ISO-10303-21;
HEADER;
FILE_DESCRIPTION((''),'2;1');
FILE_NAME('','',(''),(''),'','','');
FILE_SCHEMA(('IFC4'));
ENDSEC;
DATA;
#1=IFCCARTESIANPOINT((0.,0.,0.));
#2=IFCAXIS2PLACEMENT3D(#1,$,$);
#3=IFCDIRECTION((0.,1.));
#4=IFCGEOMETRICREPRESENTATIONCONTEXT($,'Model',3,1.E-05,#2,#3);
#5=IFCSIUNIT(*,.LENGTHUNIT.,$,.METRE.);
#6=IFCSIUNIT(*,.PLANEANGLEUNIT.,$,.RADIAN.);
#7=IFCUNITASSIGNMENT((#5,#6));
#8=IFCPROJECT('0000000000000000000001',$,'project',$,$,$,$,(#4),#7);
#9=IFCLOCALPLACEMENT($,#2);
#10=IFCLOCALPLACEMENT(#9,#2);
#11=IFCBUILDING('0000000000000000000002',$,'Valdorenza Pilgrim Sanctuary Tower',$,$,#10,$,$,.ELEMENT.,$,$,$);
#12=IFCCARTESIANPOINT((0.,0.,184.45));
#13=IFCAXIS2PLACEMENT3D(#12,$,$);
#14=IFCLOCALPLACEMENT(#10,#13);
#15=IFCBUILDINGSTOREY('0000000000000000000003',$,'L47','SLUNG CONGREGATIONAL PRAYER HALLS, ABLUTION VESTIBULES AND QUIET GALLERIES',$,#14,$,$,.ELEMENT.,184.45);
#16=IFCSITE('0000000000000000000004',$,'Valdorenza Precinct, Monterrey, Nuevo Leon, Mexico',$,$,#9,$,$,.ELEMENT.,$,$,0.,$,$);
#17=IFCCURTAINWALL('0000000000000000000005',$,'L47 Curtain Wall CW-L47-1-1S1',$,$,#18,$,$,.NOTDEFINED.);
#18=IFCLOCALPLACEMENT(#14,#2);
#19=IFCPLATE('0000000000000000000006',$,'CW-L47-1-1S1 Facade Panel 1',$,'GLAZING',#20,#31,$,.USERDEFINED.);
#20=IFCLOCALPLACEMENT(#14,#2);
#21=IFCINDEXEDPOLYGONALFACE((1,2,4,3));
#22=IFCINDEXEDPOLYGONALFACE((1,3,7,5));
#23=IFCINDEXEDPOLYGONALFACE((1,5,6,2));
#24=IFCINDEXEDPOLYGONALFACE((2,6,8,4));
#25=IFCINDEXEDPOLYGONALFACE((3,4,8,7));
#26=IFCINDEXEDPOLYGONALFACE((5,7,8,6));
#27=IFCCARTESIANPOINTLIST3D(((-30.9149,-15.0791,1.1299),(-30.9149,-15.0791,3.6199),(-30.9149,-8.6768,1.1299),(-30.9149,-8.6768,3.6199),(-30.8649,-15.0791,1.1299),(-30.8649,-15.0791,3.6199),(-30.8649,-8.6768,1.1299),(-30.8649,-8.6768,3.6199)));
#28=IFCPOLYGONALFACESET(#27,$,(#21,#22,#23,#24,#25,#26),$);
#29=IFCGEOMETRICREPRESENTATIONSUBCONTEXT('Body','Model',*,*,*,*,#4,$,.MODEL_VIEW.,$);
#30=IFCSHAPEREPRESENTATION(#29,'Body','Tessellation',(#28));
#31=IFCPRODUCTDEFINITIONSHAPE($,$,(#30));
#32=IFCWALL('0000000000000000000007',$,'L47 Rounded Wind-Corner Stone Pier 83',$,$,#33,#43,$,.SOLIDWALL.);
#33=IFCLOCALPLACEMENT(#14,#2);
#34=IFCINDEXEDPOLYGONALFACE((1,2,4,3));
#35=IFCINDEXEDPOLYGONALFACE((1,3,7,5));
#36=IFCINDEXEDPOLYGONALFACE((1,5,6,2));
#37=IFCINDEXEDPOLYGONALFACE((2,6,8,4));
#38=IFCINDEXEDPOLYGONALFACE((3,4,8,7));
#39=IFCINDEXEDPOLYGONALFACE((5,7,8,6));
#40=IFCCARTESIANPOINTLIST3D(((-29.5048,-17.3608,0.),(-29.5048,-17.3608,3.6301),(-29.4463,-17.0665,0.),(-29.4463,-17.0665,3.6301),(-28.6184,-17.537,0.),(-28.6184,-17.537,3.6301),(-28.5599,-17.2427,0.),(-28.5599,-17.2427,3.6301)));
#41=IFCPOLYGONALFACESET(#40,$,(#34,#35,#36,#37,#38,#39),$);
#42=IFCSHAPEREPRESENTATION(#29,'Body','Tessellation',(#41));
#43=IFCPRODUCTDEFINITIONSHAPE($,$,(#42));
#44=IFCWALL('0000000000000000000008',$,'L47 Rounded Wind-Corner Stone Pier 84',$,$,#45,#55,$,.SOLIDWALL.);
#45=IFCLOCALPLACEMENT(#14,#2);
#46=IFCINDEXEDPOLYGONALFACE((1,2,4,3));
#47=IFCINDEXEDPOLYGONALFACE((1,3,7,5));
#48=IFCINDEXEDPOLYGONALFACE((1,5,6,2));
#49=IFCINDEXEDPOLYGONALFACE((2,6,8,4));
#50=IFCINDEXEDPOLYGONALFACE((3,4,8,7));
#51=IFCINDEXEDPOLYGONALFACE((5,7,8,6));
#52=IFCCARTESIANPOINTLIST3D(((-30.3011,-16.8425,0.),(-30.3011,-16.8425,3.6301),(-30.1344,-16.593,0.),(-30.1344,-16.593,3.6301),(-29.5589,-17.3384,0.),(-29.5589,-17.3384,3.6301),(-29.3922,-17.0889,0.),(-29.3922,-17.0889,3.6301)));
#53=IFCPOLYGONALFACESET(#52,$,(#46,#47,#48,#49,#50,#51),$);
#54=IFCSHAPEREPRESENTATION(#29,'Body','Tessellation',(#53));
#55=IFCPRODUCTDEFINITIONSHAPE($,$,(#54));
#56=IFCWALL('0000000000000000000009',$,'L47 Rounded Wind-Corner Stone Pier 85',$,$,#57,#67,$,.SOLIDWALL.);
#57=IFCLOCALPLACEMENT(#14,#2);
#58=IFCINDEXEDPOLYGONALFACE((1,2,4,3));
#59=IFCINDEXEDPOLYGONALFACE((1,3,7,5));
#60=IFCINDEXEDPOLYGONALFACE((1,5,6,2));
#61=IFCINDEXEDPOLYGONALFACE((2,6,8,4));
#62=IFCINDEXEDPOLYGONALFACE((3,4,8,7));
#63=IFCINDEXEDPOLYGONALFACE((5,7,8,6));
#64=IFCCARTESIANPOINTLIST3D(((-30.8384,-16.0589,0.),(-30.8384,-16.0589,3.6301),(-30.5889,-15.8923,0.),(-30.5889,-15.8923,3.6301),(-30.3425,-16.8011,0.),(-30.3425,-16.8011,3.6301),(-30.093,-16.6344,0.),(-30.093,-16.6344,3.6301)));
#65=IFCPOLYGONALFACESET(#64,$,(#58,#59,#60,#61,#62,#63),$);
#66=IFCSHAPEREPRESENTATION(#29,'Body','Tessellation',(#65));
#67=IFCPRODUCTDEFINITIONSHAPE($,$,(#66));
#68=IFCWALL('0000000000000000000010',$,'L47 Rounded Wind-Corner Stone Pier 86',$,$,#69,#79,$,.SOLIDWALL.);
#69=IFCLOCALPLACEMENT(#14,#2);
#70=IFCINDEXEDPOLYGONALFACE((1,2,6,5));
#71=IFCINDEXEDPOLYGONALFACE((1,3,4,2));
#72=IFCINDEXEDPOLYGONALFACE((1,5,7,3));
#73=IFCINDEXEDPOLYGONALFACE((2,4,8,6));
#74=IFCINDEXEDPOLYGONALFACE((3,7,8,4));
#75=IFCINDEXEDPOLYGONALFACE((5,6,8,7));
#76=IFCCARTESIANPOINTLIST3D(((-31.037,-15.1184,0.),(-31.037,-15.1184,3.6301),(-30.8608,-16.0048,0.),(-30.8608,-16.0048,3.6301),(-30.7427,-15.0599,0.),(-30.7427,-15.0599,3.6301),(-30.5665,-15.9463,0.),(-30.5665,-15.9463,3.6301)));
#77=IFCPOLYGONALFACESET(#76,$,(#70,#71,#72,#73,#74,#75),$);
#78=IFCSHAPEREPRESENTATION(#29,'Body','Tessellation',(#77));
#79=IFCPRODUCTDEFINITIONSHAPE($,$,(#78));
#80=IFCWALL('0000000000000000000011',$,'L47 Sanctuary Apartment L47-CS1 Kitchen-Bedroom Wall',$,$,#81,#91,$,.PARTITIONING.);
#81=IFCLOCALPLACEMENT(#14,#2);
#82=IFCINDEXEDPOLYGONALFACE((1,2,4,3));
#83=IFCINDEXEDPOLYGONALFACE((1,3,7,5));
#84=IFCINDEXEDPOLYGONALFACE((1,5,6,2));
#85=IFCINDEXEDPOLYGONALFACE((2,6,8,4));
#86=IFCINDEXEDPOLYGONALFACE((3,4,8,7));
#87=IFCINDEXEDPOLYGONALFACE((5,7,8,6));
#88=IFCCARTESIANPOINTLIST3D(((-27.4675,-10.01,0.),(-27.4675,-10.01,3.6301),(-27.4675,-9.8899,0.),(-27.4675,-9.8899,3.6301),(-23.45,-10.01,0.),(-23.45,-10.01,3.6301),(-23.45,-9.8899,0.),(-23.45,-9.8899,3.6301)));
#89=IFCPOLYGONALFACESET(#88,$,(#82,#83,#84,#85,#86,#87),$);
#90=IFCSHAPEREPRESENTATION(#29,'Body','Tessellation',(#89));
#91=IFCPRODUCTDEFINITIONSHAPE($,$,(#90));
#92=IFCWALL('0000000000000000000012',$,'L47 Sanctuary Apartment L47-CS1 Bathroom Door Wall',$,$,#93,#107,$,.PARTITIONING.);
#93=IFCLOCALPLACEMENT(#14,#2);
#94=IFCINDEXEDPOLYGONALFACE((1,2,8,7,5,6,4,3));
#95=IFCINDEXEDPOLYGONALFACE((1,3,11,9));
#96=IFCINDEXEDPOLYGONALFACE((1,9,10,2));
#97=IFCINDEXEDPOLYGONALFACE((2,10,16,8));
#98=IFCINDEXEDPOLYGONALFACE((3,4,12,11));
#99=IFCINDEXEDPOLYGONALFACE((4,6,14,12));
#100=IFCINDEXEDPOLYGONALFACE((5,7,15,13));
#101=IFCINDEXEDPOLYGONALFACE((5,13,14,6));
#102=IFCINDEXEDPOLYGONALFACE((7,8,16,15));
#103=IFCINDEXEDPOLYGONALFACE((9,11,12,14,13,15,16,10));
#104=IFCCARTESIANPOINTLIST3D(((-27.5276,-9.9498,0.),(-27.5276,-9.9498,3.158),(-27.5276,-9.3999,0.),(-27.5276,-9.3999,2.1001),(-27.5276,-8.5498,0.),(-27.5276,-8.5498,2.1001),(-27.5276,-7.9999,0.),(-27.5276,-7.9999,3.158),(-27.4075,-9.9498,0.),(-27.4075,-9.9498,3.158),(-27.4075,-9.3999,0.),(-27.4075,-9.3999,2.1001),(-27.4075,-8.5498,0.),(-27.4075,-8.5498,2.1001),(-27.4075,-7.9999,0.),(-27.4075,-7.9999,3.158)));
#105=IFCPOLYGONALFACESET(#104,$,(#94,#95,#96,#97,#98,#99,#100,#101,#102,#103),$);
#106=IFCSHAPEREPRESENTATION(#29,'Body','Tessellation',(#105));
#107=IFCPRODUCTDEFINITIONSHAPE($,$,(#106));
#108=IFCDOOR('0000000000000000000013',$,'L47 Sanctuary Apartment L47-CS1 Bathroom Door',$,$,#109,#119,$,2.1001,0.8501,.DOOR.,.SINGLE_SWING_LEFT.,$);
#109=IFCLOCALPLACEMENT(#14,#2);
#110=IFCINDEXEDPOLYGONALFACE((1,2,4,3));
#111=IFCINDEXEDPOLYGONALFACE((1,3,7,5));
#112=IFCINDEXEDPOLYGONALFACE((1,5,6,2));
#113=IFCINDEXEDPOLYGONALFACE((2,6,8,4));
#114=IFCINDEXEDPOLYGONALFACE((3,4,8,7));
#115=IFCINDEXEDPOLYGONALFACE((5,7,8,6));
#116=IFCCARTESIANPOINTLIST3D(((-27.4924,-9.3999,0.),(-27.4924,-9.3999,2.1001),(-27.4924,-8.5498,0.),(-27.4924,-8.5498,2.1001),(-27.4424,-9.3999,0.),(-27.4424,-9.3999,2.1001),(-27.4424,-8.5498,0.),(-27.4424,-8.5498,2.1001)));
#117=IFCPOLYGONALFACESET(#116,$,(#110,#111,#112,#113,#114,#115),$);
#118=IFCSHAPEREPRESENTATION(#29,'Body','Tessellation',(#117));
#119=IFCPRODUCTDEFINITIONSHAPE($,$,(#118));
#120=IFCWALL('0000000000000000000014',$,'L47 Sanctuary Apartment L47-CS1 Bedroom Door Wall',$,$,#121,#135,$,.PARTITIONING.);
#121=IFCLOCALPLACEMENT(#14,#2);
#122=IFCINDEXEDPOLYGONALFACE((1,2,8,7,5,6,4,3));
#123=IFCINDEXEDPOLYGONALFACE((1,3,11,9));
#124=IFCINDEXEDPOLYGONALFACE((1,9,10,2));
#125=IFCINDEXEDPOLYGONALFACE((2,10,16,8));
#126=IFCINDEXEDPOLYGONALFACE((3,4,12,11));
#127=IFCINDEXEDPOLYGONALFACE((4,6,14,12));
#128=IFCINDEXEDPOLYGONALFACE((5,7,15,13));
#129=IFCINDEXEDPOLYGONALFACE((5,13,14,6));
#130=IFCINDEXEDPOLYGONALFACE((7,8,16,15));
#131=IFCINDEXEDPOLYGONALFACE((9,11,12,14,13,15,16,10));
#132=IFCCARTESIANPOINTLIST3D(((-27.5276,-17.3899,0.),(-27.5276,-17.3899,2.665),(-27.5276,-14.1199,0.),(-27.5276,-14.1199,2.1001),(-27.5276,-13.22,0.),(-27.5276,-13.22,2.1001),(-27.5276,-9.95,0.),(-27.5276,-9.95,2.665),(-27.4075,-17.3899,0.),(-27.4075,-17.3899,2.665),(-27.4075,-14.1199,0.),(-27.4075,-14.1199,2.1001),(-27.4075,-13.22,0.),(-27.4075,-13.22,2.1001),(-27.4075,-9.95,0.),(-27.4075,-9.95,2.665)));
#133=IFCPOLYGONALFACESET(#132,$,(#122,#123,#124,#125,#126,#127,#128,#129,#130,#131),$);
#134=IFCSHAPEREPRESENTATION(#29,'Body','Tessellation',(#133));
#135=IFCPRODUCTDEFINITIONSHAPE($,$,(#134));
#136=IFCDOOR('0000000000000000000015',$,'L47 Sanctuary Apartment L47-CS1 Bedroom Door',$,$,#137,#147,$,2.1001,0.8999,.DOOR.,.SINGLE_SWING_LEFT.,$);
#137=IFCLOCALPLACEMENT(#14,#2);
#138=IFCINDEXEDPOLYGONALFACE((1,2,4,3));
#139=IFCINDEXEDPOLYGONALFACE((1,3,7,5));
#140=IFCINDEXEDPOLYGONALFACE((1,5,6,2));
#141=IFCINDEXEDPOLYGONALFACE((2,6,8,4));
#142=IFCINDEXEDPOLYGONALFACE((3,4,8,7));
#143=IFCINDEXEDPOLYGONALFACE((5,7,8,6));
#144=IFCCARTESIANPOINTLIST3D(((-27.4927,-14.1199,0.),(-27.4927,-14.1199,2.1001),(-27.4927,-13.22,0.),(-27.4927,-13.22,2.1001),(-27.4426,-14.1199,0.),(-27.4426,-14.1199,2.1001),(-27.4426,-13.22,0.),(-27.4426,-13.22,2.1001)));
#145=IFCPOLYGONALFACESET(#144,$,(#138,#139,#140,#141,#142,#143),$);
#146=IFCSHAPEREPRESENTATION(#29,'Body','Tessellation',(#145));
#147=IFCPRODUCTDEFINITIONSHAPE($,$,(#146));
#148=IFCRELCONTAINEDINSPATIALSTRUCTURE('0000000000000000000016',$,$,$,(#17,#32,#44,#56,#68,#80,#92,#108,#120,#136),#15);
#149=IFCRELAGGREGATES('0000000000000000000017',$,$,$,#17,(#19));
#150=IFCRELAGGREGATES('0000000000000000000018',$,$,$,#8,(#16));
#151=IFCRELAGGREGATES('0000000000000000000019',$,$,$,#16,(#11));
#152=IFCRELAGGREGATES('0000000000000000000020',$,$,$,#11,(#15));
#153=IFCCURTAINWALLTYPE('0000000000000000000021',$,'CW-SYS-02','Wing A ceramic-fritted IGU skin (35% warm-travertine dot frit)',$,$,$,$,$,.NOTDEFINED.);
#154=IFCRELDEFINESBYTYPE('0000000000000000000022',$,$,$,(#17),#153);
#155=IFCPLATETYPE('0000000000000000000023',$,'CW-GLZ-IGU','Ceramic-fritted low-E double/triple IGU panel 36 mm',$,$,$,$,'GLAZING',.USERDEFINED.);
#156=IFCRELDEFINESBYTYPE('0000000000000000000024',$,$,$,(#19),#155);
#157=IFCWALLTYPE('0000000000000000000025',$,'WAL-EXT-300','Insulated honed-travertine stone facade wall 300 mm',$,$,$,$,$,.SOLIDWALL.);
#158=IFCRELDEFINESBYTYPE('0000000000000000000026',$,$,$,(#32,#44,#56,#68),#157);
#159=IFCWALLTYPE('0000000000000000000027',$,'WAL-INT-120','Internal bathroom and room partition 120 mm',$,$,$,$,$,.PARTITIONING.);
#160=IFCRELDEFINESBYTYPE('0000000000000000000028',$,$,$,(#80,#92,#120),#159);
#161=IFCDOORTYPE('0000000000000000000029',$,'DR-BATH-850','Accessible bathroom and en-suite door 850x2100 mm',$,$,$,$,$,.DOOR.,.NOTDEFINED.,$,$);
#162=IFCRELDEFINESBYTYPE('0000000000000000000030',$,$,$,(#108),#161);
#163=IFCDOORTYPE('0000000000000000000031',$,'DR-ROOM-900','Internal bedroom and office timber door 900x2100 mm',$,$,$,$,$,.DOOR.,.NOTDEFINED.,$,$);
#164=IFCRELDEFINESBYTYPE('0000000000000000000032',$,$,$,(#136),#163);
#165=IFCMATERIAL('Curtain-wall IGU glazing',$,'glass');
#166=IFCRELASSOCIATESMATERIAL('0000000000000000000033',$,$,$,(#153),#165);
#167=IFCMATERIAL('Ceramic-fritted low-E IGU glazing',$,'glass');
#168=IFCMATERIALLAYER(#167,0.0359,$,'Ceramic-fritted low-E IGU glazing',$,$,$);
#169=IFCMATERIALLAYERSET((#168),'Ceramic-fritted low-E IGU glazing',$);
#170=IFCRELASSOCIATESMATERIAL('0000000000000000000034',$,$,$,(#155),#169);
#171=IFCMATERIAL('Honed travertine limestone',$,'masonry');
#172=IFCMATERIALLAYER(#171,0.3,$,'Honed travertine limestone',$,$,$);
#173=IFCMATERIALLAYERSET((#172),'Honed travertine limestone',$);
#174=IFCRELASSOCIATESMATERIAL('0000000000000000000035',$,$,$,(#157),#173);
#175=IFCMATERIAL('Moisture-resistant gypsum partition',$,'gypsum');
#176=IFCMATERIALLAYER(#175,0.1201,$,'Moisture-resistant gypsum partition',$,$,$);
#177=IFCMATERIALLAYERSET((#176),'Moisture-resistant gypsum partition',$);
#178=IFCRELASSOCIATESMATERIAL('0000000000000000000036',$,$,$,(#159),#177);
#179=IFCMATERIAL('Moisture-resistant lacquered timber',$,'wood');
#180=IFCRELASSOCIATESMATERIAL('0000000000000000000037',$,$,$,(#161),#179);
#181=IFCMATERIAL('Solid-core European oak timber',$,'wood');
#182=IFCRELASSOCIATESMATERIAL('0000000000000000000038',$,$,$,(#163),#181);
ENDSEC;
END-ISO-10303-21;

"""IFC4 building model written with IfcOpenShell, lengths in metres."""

from ifc_helpers import new_model, si_unit, direction, frame, frame_2d, origin, origin_2d, place, context, subcontext, project, spatial, rectangle, extrude, source, transform, mapped, material, layer, layer_set, type_object, element, fill, aggregate, save


model = new_model("IFC4")

# Units and contexts
model_context = context("Model", 3, precision=1e-05, world=origin(), true_north=direction((0.0, 1.0)))
body_context = subcontext(model_context, "Body", "Model", "MODEL_VIEW")
ifc_project = project(units=[si_unit("LENGTHUNIT", "METRE"), si_unit("PLANEANGLEUNIT", "RADIAN")], contexts=[model_context])

# Site, building, storey
site_placement = place(None, origin())
site = spatial("IfcSite", under=ifc_project, at=site_placement, Name="Valdorenza Precinct, Monterrey, Nuevo Leon, Mexico", CompositionType="ELEMENT", RefElevation=0.0)
building_placement = place(site_placement, origin())
building = spatial("IfcBuilding", under=site, at=building_placement, Name="Valdorenza Pilgrim Sanctuary Tower", CompositionType="ELEMENT")
storey_placement = place(building_placement, frame((0.0, 0.0, 184.45)))
storey = spatial("IfcBuildingStorey", under=building, at=storey_placement, Name="L47", Description="SLUNG CONGREGATIONAL PRAYER HALLS, ABLUTION VESTIBULES AND QUIET GALLERIES", CompositionType="ELEMENT", Elevation=184.45)

# Curtain wall
ifc_material_1 = material(Name="Curtain-wall IGU glazing", Category="glass")
curtain_wall_type = type_object("IfcCurtainWallType", Name="CW-SYS-02", Description="Wing A ceramic-fritted IGU skin (35% warm-travertine dot frit)", PredefinedType="NOTDEFINED", material=ifc_material_1)
curtain_wall_1_placement = place(storey_placement, origin())
curtain_wall_1 = element("IfcCurtainWall", 1, at=curtain_wall_1_placement, inside=storey, type_object=curtain_wall_type, Name="L47 Curtain Wall CW-L47-1-1S1", PredefinedType="NOTDEFINED")

# Plate
ifc_material_2 = material(Name="Honed travertine limestone", Category="masonry")
ifc_material_3 = material(Name="Ceramic-fritted low-E IGU glazing", Category="glass")
ifc_layer_1 = layer(ifc_material_3, 0.0359, Name="Ceramic-fritted low-E IGU glazing")
ifc_layer_set_1 = layer_set([ifc_layer_1], Name="Ceramic-fritted low-E IGU glazing")
plate_type_1 = type_object("IfcPlateType", Name="CW-GLZ-IGU", Description="Ceramic-fritted low-E double/triple IGU panel 36 mm", ElementType="GLAZING", PredefinedType="USERDEFINED", material=ifc_layer_set_1)
shared_shape_1 = source(origin(), body_context, "Body", "SweptSolid", [
    extrude(rectangle(XDim=6.4023, YDim=0.05, at=origin_2d()), origin(), (0.0, 0.0, 1.0), 2.49),
])
plate_1_placement = place(storey_placement, frame((-30.8899, -11.8779, 1.1299), z_axis=(0.0, 0.0, 1.0), x_axis=(0.0, 1.0, 0.0)))
plate_1 = element("IfcPlate", 2, at=plate_1_placement, type_object=plate_type_1, Name="CW-L47-1-1S1 Facade Panel 1", ObjectType="GLAZING", PredefinedType="USERDEFINED", context=body_context, shape_type="MappedRepresentation", body=[
    mapped(shared_shape_1, transform((0.0, 0.0, 0.0), x_axis=(1.0, 0.0, 0.0), y_axis=(0.0, 1.0, 0.0), z_axis=(0.0, 0.0, 1.0), scale=1.0)),
])
aggregate(curtain_wall_1, [plate_1])

# Walls
ifc_layer_2 = layer(ifc_material_2, 0.3, Name="Honed travertine limestone")
ifc_layer_set_2 = layer_set([ifc_layer_2], Name="Honed travertine limestone")
wall_type_1 = type_object("IfcWallType", Name="WAL-EXT-300", Description="Insulated honed-travertine stone facade wall 300 mm", PredefinedType="SOLIDWALL", material=ifc_layer_set_2)
wall_1_placement = place(storey_placement, frame((-28.5891, -17.3899, 0.0), z_axis=(0.0, 0.0, 1.0), x_axis=(-0.980798, 0.195025, 0.0)))
element("IfcWall", 3, at=wall_1_placement, inside=storey, type_object=wall_type_1, Name="L47 Rounded Wind-Corner Stone Pier 83", PredefinedType="SOLIDWALL", context=body_context, shape_type="SweptSolid", body=[
    extrude(rectangle(XDim=0.9038, YDim=0.3, at=frame_2d((0.4519, 0.0))), origin(), (0.0, 0.0, 1.0), 3.6301),
])
for number, where, z_axis, x_axis, name in (
    (4, (-29.4756, -17.2136, 0.0), (0.0, 0.0, 1.0), (-0.831503, 0.55552, 0.0), "L47 Rounded Wind-Corner Stone Pier 84"),
    (5, (-30.2178, -16.7178, 0.0), (0.0, 0.0, 1.0), (-0.55552, 0.831503, 0.0), "L47 Rounded Wind-Corner Stone Pier 85"),
):
    element("IfcWall", number, at=place(storey_placement, frame(where, z_axis=z_axis, x_axis=x_axis)), inside=storey, type_object=wall_type_1, Name=name, PredefinedType="SOLIDWALL", context=body_context, shape_type="SweptSolid", body=[
        extrude(rectangle(XDim=0.8926, YDim=0.3, at=frame_2d((0.4463, 0.0))), origin(), (0.0, 0.0, 1.0), 3.6301),
    ])
wall_2_placement = place(storey_placement, frame((-30.7136, -15.9756, 0.0), z_axis=(0.0, 0.0, 1.0), x_axis=(-0.195025, 0.980798, 0.0)))
element("IfcWall", 6, at=wall_2_placement, inside=storey, type_object=wall_type_1, Name="L47 Rounded Wind-Corner Stone Pier 86", PredefinedType="SOLIDWALL", context=body_context, shape_type="SweptSolid", body=[
    extrude(rectangle(XDim=0.9038, YDim=0.3, at=frame_2d((0.4519, 0.0))), origin(), (0.0, 0.0, 1.0), 3.6301),
])
ifc_material_4 = material(Name="Moisture-resistant gypsum partition", Category="gypsum")
ifc_layer_3 = layer(ifc_material_4, 0.1201, Name="Moisture-resistant gypsum partition")
ifc_layer_set_3 = layer_set([ifc_layer_3], Name="Moisture-resistant gypsum partition")
wall_type_2 = type_object("IfcWallType", Name="WAL-INT-120", Description="Internal bathroom and room partition 120 mm", PredefinedType="PARTITIONING", material=ifc_layer_set_3)
wall_3_placement = place(storey_placement, frame((-27.4675, -9.95, 0.0), z_axis=(0.0, 0.0, 1.0), x_axis=(1.0, 0.0, 0.0)))
element("IfcWall", 7, at=wall_3_placement, inside=storey, type_object=wall_type_2, Name="L47 Sanctuary Apartment L47-CS1 Kitchen-Bedroom Wall", PredefinedType="PARTITIONING", context=body_context, shape_type="SweptSolid", body=[
    extrude(rectangle(XDim=4.0176, YDim=0.1201, at=frame_2d((2.0088, 0.0))), origin(), (0.0, 0.0, 1.0), 3.6301),
])

# Walls, openings, doors
wall_4_placement = place(storey_placement, frame((-27.4675, -9.95, 0.0), z_axis=(0.0, 0.0, 1.0), x_axis=(0.0, 1.0, 0.0)))
wall_4 = element("IfcWall", 8, at=wall_4_placement, inside=storey, type_object=wall_type_2, Name="L47 Sanctuary Apartment L47-CS1 Bathroom Door Wall", PredefinedType="PARTITIONING", context=body_context, shape_type="SweptSolid", body=[
    extrude(rectangle(XDim=1.95, YDim=0.1201, at=frame_2d((0.9751, 0.0))), origin(), (0.0, 0.0, 1.0), 3.158),
])
opening_1_placement = place(wall_4_placement, frame((0.55, 0.0, 0.0)))
opening_1 = element("IfcOpeningElement", 9, at=opening_1_placement, cuts=wall_4, PredefinedType="OPENING", context=body_context, shape_type="SweptSolid", body=[
    extrude(rectangle(XDim=0.8501, YDim=2.1001, at=frame_2d((0.425, 1.05))), frame((0.0, 0.075, 0.0), z_axis=(0.0, -1.0, 0.0), x_axis=(1.0, 0.0, 0.0)), (0.0, 0.0, 1.0), 0.1499),
])
ifc_material_5 = material(Name="Moisture-resistant lacquered timber", Category="wood")
door_type_1 = type_object("IfcDoorType", Name="DR-BATH-850", Description="Accessible bathroom and en-suite door 850x2100 mm", OperationType="NOTDEFINED", PredefinedType="DOOR", material=ifc_material_5)
door_1_placement = place(opening_1_placement, origin())
door_1 = element("IfcDoor", 10, at=door_1_placement, inside=storey, type_object=door_type_1, Name="L47 Sanctuary Apartment L47-CS1 Bathroom Door", OperationType="SINGLE_SWING_LEFT", OverallHeight=2.1001, OverallWidth=0.8501, PredefinedType="DOOR", context=body_context, shape_type="SweptSolid", body=[
    extrude(rectangle(XDim=0.8501, YDim=2.1001, at=frame_2d((0.425, 1.05))), frame((0.0, 0.0249, 0.0), z_axis=(0.0, -1.0, 0.0), x_axis=(1.0, 0.0, 0.0)), (0.0, 0.0, 1.0), 0.05),
])
fill(opening_1, door_1)
wall_5_placement = place(storey_placement, frame((-27.4675, -17.3899, 0.0), z_axis=(0.0, 0.0, 1.0), x_axis=(0.0, 1.0, 0.0)))
wall_5 = element("IfcWall", 11, at=wall_5_placement, inside=storey, type_object=wall_type_2, Name="L47 Sanctuary Apartment L47-CS1 Bedroom Door Wall", PredefinedType="PARTITIONING", context=body_context, shape_type="SweptSolid", body=[
    extrude(rectangle(XDim=7.4399, YDim=0.1201, at=frame_2d((3.72, 0.0))), origin(), (0.0, 0.0, 1.0), 2.665),
])
opening_2_placement = place(wall_5_placement, frame((3.27, 0.0, 0.0)))
opening_2 = element("IfcOpeningElement", 12, at=opening_2_placement, cuts=wall_5, PredefinedType="OPENING", context=body_context, shape_type="SweptSolid", body=[
    extrude(rectangle(XDim=0.8999, YDim=2.1001, at=frame_2d((0.45, 1.05))), frame((0.0, 0.075, 0.0), z_axis=(0.0, -1.0, 0.0), x_axis=(1.0, 0.0, 0.0)), (0.0, 0.0, 1.0), 0.1499),
])
ifc_material_6 = material(Name="Solid-core European oak timber", Category="wood")
door_type_2 = type_object("IfcDoorType", Name="DR-ROOM-900", Description="Internal bedroom and office timber door 900x2100 mm", OperationType="NOTDEFINED", PredefinedType="DOOR", material=ifc_material_6)
door_2_placement = place(opening_2_placement, frame((0.8999, 0.0, 0.0), z_axis=(0.0, 0.0, 1.0), x_axis=(-1.0, 0.0, 0.0)))
door_2 = element("IfcDoor", 13, at=door_2_placement, inside=storey, type_object=door_type_2, Name="L47 Sanctuary Apartment L47-CS1 Bedroom Door", OperationType="SINGLE_SWING_LEFT", OverallHeight=2.1001, OverallWidth=0.8999, PredefinedType="DOOR", context=body_context, shape_type="SweptSolid", body=[
    extrude(rectangle(XDim=0.8999, YDim=2.1001, at=frame_2d((0.45, 1.05))), frame((0.0, 0.0249, 0.0), z_axis=(0.0, -1.0, 0.0), x_axis=(1.0, 0.0, 0.0)), (0.0, 0.0, 1.0), 0.05),
])
fill(opening_2, door_2)

save(model, "model.ifc")
